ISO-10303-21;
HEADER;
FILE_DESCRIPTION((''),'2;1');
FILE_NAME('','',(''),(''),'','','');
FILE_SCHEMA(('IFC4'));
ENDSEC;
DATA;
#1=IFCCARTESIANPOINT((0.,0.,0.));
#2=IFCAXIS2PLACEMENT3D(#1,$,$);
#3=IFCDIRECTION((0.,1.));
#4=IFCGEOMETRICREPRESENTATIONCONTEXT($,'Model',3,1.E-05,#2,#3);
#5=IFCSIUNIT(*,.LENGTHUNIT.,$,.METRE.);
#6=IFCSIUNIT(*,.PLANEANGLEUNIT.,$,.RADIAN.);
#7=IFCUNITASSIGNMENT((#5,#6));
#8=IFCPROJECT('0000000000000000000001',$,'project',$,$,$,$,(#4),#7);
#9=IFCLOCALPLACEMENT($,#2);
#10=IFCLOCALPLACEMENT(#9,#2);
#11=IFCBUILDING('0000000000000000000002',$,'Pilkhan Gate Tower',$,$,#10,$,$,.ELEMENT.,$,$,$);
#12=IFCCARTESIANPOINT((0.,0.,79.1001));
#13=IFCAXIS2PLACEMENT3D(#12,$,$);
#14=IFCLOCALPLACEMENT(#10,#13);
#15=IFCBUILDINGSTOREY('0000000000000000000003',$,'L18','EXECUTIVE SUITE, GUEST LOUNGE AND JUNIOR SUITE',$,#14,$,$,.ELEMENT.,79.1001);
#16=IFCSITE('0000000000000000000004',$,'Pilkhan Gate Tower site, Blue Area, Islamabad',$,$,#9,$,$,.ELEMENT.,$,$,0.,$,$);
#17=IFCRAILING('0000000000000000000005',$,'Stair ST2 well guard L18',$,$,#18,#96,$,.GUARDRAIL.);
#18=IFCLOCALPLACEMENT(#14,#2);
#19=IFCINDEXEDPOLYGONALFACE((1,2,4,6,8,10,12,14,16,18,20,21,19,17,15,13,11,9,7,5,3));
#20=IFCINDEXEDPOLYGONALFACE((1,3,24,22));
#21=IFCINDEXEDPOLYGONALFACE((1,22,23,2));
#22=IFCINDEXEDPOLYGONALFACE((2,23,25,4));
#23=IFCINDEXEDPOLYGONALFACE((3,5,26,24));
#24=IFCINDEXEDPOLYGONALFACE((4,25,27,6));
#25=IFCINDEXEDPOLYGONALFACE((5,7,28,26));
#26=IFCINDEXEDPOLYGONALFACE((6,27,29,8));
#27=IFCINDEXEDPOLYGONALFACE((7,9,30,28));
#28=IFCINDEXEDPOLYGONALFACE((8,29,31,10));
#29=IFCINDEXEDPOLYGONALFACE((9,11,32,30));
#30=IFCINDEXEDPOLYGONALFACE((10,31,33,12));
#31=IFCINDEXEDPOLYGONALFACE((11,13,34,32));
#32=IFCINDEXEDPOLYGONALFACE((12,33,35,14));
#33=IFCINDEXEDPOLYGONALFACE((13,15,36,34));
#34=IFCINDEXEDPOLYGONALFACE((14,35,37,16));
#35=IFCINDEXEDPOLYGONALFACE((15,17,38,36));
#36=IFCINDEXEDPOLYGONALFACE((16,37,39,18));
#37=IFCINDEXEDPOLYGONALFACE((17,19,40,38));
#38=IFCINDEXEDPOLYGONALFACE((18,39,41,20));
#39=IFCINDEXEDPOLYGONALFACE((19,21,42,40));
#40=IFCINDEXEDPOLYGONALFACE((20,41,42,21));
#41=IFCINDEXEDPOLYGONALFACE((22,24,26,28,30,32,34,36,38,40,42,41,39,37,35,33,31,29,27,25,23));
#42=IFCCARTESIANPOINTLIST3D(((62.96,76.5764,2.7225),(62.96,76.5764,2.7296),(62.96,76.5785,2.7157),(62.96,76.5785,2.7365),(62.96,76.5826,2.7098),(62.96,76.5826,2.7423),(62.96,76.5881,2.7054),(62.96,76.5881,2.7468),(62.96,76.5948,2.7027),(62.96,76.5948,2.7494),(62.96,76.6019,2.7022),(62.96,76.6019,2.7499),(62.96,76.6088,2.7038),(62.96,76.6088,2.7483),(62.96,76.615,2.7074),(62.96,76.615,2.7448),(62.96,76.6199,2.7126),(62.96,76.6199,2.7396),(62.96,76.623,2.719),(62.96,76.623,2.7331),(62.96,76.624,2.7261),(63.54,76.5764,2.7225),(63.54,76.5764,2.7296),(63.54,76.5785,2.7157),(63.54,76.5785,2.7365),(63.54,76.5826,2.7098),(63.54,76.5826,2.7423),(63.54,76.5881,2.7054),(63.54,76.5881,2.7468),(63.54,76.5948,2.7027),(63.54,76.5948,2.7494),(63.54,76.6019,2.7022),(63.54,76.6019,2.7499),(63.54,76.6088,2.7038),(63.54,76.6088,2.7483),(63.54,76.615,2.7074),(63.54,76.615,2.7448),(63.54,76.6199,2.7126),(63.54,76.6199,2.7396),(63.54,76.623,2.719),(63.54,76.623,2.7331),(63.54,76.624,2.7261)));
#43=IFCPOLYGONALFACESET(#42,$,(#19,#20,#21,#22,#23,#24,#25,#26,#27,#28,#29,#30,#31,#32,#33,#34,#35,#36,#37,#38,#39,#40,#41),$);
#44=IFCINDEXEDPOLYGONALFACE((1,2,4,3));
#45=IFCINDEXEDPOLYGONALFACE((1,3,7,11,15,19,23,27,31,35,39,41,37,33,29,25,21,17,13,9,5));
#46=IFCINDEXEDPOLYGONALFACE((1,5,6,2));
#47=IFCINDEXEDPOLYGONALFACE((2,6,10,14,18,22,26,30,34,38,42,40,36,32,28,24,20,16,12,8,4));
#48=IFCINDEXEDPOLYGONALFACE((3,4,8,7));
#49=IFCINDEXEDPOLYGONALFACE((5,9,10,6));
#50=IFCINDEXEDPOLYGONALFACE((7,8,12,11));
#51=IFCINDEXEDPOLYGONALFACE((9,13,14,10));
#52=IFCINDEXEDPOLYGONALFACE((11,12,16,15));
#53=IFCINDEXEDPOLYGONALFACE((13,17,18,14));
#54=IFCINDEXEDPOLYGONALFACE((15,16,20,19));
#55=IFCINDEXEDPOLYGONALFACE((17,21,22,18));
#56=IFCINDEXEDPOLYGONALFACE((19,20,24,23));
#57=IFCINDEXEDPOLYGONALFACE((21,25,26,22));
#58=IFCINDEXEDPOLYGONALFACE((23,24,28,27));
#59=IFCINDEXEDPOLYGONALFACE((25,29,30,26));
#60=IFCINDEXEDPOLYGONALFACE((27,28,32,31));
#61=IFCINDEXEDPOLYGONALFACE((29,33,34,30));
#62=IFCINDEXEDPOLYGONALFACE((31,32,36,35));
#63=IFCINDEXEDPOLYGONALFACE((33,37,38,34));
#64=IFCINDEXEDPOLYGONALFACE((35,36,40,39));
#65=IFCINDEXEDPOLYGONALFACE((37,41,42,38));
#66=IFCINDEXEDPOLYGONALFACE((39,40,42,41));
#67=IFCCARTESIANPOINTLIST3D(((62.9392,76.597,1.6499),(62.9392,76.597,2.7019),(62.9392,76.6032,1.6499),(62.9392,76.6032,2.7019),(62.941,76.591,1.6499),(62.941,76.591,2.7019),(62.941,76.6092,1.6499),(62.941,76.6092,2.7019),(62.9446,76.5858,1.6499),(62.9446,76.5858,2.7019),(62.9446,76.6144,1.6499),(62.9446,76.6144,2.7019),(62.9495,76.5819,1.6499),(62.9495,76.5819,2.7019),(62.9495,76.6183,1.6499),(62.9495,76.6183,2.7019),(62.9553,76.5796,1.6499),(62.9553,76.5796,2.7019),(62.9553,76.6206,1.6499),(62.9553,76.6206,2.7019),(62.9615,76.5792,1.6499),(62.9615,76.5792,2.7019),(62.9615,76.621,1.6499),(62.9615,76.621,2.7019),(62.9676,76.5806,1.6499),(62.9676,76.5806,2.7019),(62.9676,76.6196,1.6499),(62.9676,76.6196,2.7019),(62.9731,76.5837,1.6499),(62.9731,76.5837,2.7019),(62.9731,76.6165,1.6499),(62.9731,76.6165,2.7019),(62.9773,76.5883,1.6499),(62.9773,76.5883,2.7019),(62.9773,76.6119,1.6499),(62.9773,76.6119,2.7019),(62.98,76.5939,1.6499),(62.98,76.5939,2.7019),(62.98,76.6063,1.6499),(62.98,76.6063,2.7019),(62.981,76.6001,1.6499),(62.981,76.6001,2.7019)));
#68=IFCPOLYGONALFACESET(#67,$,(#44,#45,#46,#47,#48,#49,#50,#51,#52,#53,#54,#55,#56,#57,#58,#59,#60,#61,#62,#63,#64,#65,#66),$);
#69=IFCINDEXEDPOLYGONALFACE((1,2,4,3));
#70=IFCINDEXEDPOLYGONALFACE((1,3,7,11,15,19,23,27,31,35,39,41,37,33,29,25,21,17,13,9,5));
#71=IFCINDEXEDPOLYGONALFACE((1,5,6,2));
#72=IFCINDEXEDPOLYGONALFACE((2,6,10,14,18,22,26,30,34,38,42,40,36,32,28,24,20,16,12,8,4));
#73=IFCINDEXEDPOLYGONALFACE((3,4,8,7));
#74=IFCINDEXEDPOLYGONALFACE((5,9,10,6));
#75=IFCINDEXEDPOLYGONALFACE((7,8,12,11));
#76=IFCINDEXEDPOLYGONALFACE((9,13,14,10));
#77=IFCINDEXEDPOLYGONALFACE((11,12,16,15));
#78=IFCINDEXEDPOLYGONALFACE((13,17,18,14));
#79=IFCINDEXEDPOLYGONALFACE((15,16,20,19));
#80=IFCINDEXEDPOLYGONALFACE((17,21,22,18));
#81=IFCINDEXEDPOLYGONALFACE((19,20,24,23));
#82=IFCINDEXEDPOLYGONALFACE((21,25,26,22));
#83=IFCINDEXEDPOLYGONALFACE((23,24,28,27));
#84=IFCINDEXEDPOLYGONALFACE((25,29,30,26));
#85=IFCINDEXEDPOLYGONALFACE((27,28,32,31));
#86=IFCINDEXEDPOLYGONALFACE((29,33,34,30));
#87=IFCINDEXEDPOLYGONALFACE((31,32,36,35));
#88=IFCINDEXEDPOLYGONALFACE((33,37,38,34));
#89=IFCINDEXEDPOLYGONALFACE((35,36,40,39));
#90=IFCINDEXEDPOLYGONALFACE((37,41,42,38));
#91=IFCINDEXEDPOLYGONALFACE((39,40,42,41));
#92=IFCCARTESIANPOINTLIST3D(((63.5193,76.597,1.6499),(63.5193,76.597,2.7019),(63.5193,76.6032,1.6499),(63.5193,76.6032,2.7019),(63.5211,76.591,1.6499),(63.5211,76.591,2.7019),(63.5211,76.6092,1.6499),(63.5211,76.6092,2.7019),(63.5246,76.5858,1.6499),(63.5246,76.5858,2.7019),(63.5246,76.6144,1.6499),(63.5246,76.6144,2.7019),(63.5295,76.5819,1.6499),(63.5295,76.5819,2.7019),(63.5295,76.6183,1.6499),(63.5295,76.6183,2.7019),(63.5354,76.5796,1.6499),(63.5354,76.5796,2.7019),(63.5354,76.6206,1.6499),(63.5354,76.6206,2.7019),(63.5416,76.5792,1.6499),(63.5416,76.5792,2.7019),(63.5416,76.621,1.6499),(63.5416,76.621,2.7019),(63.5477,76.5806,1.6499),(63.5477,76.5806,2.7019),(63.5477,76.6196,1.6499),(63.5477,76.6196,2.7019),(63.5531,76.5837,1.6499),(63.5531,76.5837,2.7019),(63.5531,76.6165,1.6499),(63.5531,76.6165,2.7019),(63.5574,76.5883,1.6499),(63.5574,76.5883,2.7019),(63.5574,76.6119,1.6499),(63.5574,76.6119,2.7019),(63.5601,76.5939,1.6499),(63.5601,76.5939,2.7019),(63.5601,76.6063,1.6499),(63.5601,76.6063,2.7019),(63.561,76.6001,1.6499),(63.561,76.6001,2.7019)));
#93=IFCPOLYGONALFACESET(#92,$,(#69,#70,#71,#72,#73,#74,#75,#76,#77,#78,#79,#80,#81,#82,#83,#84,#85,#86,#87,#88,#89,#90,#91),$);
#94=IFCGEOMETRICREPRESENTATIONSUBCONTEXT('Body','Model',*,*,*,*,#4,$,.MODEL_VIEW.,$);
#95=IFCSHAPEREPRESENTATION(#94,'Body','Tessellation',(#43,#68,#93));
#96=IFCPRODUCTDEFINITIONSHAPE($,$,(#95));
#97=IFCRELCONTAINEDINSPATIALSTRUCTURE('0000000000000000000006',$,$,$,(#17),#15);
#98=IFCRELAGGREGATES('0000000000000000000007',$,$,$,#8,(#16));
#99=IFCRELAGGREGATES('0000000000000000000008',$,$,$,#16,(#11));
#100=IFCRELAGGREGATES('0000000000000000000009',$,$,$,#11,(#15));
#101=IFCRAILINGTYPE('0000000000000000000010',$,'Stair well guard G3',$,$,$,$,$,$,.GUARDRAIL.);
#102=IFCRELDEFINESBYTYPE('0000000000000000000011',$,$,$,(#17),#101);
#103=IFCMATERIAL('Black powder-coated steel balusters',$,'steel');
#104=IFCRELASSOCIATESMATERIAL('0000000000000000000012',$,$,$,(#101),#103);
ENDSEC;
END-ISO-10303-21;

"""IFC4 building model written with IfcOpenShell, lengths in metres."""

from ifc_helpers import new_model, si_unit, direction, frame, origin, origin_2d, place, context, subcontext, project, spatial, circle, extrude, material, type_object, element, save


model = new_model("IFC4")

# Units and contexts
model_context = context("Model", 3, precision=1e-05, world=origin(), true_north=direction((0.0, 1.0)))
body_context = subcontext(model_context, "Body", "Model", "MODEL_VIEW")
ifc_project = project(units=[si_unit("LENGTHUNIT", "METRE"), si_unit("PLANEANGLEUNIT", "RADIAN")], contexts=[model_context])

# Site, building, storey
site_placement = place(None, origin())
site = spatial("IfcSite", under=ifc_project, at=site_placement, Name="Pilkhan Gate Tower site, Blue Area, Islamabad", CompositionType="ELEMENT", RefElevation=0.0)
building_placement = place(site_placement, origin())
building = spatial("IfcBuilding", under=site, at=building_placement, Name="Pilkhan Gate Tower", CompositionType="ELEMENT")
storey_placement = place(building_placement, frame((0.0, 0.0, 79.1001)))
storey = spatial("IfcBuildingStorey", under=building, at=storey_placement, Name="L18", Description="EXECUTIVE SUITE, GUEST LOUNGE AND JUNIOR SUITE", CompositionType="ELEMENT", Elevation=79.1001)

# Railing
ifc_material_1 = material(Name="Black powder-coated steel balusters", Category="steel")
railing_type_1 = type_object("IfcRailingType", Name="Stair well guard G3", PredefinedType="GUARDRAIL", material=ifc_material_1)
for number, where, name in (
    (1, (62.96, 76.6001, 1.6499), "Stair ST2 well guard L18"),
):
    element("IfcRailing", number, at=place(storey_placement, frame(where)), inside=storey, type_object=railing_type_1, Name=name, PredefinedType="GUARDRAIL", context=body_context, shape_type="SweptSolid", body=[
        extrude(circle(Radius=0.0239, at=origin_2d()), frame((0.0, 0.0, 1.0762), z_axis=(1.0, 0.0, 0.0), x_axis=(0.0, 1.0, 0.0)), (0.0, 0.0, 1.0), 0.5801),
        extrude(circle(Radius=0.021, at=origin_2d()), origin(), (0.0, 0.0, 1.0), 1.052),
        extrude(circle(Radius=0.021, at=origin_2d()), frame((0.5801, 0.0, 0.0)), (0.0, 0.0, 1.0), 1.052),
    ])

save(model, "model.ifc")
